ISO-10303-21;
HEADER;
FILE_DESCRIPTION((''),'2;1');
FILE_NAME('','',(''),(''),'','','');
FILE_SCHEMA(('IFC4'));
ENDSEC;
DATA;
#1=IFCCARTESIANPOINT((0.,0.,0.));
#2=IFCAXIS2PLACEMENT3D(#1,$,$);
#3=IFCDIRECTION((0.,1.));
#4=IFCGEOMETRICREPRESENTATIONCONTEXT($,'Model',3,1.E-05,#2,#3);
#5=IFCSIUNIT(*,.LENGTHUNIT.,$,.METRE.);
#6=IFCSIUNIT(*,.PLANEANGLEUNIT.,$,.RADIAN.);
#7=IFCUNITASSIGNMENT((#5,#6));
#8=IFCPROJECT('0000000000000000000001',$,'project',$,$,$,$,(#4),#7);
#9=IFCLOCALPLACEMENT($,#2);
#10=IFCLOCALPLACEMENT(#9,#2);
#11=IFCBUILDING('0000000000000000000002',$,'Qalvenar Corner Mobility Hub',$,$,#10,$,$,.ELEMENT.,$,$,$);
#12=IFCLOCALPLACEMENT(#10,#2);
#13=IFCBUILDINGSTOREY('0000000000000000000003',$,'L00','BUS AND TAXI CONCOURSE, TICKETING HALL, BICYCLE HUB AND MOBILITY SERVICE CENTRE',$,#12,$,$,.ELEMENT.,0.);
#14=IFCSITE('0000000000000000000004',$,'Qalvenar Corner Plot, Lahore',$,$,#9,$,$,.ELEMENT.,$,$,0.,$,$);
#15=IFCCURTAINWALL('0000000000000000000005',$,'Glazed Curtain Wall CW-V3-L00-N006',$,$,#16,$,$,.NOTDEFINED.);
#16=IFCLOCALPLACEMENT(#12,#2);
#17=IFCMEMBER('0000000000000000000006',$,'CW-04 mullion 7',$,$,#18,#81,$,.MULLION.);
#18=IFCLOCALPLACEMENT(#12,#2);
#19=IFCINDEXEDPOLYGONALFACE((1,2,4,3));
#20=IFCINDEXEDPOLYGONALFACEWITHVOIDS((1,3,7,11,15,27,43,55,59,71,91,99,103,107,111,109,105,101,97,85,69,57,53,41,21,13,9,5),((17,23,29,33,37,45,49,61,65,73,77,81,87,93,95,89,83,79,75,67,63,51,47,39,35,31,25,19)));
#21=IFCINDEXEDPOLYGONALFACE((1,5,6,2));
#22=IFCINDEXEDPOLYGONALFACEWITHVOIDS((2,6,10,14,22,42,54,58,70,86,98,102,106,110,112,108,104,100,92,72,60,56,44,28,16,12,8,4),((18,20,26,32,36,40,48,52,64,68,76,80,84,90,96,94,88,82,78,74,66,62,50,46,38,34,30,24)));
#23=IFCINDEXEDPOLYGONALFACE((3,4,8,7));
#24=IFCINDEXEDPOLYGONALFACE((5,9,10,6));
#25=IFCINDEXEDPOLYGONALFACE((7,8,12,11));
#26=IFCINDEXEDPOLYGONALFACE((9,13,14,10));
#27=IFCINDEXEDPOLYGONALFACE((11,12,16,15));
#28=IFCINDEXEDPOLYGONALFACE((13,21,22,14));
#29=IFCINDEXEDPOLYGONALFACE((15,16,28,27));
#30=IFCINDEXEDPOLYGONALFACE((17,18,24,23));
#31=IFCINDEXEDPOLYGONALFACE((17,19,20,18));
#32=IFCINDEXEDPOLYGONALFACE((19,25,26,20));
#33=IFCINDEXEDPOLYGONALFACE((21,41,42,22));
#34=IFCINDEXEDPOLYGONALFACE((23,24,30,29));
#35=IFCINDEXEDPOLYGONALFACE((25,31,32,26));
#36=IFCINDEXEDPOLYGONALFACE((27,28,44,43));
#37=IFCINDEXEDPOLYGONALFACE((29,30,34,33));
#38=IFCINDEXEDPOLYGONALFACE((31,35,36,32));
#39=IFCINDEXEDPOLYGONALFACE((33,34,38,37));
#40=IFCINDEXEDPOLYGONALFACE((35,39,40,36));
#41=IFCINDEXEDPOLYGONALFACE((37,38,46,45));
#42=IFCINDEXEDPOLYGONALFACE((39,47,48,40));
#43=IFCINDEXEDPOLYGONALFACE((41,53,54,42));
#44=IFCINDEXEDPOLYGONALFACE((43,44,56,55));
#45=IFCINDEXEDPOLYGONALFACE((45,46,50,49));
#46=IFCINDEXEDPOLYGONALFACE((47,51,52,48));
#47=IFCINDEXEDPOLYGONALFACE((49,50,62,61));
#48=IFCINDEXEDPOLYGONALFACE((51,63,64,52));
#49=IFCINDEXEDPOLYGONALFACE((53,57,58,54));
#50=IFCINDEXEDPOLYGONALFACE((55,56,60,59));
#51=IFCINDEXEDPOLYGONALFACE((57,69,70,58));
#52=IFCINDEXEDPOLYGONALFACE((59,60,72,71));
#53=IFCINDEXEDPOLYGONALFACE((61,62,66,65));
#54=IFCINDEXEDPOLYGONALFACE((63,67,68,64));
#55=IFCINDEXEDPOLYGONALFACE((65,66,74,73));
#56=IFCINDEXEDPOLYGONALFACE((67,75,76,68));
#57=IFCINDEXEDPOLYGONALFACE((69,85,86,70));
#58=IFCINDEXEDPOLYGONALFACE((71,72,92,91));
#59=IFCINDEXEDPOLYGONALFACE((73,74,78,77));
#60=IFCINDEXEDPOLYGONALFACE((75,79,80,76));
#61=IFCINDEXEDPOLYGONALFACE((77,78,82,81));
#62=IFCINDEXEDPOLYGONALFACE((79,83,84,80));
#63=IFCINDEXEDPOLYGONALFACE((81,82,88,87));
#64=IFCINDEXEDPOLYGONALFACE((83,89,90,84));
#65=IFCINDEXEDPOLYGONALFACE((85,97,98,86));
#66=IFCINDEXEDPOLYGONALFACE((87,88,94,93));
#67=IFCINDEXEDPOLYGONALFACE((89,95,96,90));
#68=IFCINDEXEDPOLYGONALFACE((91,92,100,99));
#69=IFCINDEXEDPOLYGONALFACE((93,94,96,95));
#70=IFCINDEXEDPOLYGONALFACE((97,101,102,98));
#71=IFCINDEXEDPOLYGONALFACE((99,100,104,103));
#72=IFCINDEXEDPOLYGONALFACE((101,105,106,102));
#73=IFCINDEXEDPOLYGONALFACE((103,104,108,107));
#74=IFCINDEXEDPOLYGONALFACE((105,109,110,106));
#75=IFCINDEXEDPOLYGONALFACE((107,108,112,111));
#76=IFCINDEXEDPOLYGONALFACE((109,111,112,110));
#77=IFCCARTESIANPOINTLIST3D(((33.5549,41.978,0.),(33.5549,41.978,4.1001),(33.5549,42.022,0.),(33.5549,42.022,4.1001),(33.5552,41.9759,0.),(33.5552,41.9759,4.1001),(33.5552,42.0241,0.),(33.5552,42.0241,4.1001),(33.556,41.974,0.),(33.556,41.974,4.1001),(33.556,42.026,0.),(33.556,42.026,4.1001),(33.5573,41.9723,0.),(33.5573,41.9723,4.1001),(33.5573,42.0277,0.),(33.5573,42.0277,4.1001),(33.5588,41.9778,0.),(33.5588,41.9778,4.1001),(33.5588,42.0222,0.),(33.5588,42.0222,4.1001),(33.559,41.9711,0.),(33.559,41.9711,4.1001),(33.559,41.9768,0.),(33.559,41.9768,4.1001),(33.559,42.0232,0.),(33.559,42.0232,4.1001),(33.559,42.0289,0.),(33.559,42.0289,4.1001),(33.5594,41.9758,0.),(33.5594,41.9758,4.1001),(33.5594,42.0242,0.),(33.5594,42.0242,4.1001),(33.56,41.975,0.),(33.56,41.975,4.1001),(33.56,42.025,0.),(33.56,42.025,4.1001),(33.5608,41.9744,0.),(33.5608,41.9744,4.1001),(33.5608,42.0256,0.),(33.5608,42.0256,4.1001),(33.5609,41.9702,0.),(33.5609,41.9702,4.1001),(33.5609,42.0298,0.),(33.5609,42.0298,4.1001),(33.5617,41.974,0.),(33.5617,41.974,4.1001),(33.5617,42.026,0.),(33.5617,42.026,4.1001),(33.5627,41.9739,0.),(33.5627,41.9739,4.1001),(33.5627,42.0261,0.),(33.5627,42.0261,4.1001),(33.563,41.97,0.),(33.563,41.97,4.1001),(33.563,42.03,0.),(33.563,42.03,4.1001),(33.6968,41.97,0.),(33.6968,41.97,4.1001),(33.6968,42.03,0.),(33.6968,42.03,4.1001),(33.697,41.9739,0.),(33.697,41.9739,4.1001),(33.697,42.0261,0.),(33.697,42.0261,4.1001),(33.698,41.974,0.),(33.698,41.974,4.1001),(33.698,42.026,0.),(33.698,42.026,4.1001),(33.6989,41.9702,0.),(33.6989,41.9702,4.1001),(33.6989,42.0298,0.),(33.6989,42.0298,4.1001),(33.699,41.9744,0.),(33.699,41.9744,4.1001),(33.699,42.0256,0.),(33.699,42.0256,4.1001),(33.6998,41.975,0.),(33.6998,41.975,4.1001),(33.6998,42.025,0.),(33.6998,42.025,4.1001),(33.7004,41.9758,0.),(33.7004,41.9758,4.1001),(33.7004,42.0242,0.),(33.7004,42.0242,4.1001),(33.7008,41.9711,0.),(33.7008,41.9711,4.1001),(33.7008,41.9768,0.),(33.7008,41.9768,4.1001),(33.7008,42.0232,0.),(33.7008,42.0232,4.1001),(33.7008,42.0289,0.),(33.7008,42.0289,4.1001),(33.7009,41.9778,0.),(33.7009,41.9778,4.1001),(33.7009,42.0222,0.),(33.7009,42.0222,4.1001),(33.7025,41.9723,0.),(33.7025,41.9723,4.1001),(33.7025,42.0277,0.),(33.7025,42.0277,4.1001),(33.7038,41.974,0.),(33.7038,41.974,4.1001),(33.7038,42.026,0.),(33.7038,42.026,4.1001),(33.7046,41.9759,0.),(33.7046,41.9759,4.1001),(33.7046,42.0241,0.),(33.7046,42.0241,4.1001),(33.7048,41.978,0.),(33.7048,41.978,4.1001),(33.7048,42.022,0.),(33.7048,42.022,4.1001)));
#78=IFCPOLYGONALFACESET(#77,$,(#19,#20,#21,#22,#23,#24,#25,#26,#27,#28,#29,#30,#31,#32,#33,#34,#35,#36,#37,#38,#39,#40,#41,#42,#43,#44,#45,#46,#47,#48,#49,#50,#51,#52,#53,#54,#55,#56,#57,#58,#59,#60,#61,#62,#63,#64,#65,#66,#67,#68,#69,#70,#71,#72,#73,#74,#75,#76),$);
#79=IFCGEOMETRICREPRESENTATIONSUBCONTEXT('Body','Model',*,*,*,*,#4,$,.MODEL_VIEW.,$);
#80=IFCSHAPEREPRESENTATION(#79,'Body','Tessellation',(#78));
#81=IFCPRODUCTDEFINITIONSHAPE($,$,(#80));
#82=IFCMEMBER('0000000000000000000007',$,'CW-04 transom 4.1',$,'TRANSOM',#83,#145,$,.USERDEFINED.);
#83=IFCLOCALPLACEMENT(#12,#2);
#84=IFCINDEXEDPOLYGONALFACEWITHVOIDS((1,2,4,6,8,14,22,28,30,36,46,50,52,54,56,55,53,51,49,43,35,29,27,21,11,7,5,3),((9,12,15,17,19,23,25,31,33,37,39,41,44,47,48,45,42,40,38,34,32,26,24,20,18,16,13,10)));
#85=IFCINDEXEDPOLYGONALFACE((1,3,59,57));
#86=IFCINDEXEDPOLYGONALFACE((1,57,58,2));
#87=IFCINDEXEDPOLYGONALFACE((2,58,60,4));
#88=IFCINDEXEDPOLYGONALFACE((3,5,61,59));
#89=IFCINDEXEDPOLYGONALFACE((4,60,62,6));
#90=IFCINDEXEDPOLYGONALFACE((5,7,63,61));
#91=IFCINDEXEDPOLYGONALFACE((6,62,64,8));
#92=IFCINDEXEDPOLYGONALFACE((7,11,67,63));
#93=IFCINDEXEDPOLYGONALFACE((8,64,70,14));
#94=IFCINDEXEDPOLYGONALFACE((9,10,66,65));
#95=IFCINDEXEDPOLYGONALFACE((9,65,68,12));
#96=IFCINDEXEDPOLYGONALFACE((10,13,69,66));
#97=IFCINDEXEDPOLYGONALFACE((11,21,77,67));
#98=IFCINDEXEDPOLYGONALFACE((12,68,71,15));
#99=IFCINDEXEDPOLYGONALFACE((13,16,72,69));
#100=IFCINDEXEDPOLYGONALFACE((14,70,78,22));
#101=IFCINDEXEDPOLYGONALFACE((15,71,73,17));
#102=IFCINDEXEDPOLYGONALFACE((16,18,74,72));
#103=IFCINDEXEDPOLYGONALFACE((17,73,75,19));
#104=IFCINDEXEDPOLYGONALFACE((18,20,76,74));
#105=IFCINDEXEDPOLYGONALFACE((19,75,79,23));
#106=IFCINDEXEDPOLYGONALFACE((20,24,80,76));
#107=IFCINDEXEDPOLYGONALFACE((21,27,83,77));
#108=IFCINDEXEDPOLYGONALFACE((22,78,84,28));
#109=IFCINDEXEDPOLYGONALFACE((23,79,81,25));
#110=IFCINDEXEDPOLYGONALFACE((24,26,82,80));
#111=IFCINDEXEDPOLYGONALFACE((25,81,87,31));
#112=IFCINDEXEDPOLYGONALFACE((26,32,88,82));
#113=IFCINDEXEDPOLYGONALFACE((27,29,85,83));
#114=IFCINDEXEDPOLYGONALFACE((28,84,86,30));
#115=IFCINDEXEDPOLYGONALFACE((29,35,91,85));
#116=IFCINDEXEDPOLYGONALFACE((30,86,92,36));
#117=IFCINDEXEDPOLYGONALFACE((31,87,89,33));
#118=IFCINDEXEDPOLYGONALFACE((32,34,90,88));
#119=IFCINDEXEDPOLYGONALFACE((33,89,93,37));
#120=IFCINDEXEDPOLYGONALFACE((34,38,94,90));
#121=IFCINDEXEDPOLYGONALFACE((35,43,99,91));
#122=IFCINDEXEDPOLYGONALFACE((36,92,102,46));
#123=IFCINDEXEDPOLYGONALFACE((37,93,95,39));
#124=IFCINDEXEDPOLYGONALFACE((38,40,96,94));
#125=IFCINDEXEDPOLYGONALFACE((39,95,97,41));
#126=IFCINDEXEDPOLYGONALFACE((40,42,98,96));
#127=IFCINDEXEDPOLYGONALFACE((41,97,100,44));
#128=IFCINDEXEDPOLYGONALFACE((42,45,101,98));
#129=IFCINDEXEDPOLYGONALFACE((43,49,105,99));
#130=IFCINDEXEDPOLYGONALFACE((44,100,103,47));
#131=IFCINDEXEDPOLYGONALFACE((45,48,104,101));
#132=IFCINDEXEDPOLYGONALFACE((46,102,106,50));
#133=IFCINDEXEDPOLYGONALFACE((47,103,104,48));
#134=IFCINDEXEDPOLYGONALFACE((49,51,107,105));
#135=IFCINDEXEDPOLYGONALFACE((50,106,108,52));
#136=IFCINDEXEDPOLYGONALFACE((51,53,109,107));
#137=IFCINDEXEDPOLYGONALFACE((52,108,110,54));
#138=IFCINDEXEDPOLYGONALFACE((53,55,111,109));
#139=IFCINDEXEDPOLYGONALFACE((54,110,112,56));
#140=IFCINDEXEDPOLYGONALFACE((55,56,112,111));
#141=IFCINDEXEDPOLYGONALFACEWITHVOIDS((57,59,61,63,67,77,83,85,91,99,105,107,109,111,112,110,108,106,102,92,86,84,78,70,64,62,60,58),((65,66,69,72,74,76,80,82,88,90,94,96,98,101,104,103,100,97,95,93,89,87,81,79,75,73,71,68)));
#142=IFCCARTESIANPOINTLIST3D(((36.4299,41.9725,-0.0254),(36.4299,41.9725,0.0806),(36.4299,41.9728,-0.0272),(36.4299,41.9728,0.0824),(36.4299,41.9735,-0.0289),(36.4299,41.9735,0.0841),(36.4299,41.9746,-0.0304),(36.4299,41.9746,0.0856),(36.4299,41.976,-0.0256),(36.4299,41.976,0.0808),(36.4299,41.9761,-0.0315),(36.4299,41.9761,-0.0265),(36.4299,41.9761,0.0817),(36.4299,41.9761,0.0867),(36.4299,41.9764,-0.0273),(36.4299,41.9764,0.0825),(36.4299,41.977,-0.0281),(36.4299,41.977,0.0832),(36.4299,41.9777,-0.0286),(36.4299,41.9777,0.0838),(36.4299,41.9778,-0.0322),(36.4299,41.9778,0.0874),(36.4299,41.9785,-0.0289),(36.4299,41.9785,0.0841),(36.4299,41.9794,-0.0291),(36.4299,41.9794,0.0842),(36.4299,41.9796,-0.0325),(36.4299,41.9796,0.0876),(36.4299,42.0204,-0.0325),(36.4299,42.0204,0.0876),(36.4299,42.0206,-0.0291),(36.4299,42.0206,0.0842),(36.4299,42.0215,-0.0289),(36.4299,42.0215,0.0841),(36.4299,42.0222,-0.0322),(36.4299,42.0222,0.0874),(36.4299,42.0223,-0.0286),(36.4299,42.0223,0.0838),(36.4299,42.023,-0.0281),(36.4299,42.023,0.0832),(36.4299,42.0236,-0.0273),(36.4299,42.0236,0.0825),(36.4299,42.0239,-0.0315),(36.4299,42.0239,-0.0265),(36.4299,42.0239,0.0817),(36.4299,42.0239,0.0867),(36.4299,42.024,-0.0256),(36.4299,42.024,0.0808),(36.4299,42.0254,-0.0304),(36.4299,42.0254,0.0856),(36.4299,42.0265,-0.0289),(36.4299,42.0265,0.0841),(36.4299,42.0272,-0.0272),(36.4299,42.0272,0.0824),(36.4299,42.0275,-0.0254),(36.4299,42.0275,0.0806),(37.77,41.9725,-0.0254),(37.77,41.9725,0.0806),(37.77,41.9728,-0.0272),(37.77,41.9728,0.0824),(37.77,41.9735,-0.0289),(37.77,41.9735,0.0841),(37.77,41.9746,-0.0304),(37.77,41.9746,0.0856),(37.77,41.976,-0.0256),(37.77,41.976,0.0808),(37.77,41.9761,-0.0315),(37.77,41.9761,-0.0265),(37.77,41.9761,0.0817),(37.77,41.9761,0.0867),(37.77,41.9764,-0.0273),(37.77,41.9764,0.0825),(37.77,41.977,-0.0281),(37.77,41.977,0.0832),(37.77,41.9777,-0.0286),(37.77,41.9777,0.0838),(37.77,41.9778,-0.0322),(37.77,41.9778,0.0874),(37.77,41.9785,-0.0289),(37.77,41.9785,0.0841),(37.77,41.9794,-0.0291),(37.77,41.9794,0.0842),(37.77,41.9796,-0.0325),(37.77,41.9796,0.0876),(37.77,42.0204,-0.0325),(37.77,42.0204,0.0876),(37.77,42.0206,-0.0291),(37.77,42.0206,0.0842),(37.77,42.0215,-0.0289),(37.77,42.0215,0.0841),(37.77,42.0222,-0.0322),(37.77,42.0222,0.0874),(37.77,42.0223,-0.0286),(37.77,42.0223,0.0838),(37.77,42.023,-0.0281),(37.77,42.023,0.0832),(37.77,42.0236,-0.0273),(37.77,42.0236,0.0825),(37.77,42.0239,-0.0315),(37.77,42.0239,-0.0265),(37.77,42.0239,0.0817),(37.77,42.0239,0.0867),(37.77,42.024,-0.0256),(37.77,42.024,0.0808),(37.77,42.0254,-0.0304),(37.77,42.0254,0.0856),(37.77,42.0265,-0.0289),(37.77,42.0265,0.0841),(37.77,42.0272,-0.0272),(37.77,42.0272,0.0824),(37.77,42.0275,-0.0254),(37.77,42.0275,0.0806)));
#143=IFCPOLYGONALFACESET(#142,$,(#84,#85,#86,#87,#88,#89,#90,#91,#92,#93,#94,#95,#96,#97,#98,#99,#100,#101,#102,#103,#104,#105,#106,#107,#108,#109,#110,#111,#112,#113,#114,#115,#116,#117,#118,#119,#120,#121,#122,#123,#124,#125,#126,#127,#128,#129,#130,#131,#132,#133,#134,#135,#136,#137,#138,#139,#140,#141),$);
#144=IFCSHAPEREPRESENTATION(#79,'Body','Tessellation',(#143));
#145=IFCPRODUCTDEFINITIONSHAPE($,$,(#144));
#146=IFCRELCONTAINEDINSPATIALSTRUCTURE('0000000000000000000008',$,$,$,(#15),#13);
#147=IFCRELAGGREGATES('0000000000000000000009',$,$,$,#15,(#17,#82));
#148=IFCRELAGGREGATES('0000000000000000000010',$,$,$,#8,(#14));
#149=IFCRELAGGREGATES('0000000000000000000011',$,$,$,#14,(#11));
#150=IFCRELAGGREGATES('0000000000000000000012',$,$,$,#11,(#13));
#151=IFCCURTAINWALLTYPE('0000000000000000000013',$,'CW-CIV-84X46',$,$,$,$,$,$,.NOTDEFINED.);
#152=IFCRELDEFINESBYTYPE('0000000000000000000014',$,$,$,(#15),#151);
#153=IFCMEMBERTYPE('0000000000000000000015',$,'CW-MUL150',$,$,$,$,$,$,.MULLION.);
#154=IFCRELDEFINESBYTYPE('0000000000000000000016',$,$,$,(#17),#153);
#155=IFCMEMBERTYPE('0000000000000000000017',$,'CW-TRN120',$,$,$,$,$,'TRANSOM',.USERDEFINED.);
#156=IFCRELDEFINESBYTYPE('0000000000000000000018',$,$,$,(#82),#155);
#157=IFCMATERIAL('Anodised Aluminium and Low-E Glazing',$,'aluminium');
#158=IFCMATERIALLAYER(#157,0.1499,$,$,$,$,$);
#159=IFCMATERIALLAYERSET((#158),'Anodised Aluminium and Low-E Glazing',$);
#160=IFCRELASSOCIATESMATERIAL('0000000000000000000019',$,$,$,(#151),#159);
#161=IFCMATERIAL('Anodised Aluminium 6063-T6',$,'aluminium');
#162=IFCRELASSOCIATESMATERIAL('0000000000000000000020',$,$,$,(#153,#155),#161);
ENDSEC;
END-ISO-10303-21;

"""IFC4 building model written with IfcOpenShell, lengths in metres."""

from ifc_helpers import new_model, si_unit, direction, frame, origin, origin_2d, place, context, subcontext, project, spatial, hollow_rectangle, extrude, material, layer, layer_set, material_profile, profile_set, type_object, element, aggregate, save


model = new_model("IFC4")

# Units and contexts
model_context = context("Model", 3, precision=1e-05, world=origin(), true_north=direction((0.0, 1.0)))
body_context = subcontext(model_context, "Body", "Model", "MODEL_VIEW")
ifc_project = project(units=[si_unit("LENGTHUNIT", "METRE"), si_unit("PLANEANGLEUNIT", "RADIAN")], contexts=[model_context])

# Site, building, storey
site_placement = place(None, origin())
site = spatial("IfcSite", under=ifc_project, at=site_placement, Name="Qalvenar Corner Plot, Lahore", CompositionType="ELEMENT", RefElevation=0.0)
building_placement = place(site_placement, origin())
building = spatial("IfcBuilding", under=site, at=building_placement, Name="Qalvenar Corner Mobility Hub", CompositionType="ELEMENT")
storey_placement = place(building_placement, origin())
storey = spatial("IfcBuildingStorey", under=building, at=storey_placement, Name="L00", Description="BUS AND TAXI CONCOURSE, TICKETING HALL, BICYCLE HUB AND MOBILITY SERVICE CENTRE", CompositionType="ELEMENT", Elevation=0.0)

# Curtain wall, members
ifc_material_1 = material(Name="Anodised Aluminium and Low-E Glazing", Category="aluminium")
ifc_layer_1 = layer(ifc_material_1, 0.1499)
ifc_layer_set_1 = layer_set([ifc_layer_1], Name="Anodised Aluminium and Low-E Glazing")
curtain_wall_type = type_object("IfcCurtainWallType", Name="CW-CIV-84X46", PredefinedType="NOTDEFINED", material=ifc_layer_set_1)
curtain_wall_placement = place(storey_placement, origin())
curtain_wall = element("IfcCurtainWall", 1, at=curtain_wall_placement, inside=storey, type_object=curtain_wall_type, Name="Glazed Curtain Wall CW-V3-L00-N006", PredefinedType="NOTDEFINED")
ifc_material_2 = material(Name="Anodised Aluminium 6063-T6", Category="aluminium")
ifc_material_profile_1 = material_profile(ifc_material_2, hollow_rectangle(XDim=0.0601, YDim=0.1499, WallThickness=0.0039, InnerFilletRadius=0.0039, OuterFilletRadius=0.0081, at=origin_2d()), Name="RHS150x60x4")
ifc_profile_set_1 = profile_set([ifc_material_profile_1], Name="Anodised Aluminium 6063-T6")
member_type_1 = type_object("IfcMemberType", Name="CW-MUL150", PredefinedType="MULLION", material=ifc_profile_set_1)
member_1_placement = place(storey_placement, frame((33.6299, 42.0, 0.0), z_axis=(0.0, 0.0, 1.0), x_axis=(0.0, -1.0, 0.0)))
member_1 = element("IfcMember", 2, at=member_1_placement, type_object=member_type_1, Name="CW-04 mullion 7", PredefinedType="MULLION", context=body_context, shape_type="SweptSolid", body=[
    extrude(hollow_rectangle(XDim=0.0601, YDim=0.1499, WallThickness=0.0039, InnerFilletRadius=0.0039, OuterFilletRadius=0.0081, at=origin_2d()), origin(), (0.0, 0.0, 1.0), 4.1001),
])
ifc_material_profile_2 = material_profile(ifc_material_2, hollow_rectangle(XDim=0.0549, YDim=0.1201, WallThickness=0.0034, InnerFilletRadius=0.0034, OuterFilletRadius=0.0071, at=origin_2d()), Name="RHS120x55x3.5")
ifc_profile_set_2 = profile_set([ifc_material_profile_2], Name="Anodised Aluminium 6063-T6")
member_type_2 = type_object("IfcMemberType", Name="CW-TRN120", ElementType="TRANSOM", PredefinedType="USERDEFINED", material=ifc_profile_set_2)
member_2_placement = place(storey_placement, frame((37.77, 42.0, 0.0276), z_axis=(-1.0, 0.0, 0.0), x_axis=(0.0, -1.0, 0.0)))
member_2 = element("IfcMember", 3, at=member_2_placement, type_object=member_type_2, Name="CW-04 transom 4.1", ObjectType="TRANSOM", PredefinedType="USERDEFINED", context=body_context, shape_type="SweptSolid", body=[
    extrude(hollow_rectangle(XDim=0.0549, YDim=0.1201, WallThickness=0.0034, InnerFilletRadius=0.0034, OuterFilletRadius=0.0071, at=origin_2d()), origin(), (0.0, 0.0, 1.0), 1.3401),
])
aggregate(curtain_wall, [member_1, member_2])

save(model, "model.ifc")
